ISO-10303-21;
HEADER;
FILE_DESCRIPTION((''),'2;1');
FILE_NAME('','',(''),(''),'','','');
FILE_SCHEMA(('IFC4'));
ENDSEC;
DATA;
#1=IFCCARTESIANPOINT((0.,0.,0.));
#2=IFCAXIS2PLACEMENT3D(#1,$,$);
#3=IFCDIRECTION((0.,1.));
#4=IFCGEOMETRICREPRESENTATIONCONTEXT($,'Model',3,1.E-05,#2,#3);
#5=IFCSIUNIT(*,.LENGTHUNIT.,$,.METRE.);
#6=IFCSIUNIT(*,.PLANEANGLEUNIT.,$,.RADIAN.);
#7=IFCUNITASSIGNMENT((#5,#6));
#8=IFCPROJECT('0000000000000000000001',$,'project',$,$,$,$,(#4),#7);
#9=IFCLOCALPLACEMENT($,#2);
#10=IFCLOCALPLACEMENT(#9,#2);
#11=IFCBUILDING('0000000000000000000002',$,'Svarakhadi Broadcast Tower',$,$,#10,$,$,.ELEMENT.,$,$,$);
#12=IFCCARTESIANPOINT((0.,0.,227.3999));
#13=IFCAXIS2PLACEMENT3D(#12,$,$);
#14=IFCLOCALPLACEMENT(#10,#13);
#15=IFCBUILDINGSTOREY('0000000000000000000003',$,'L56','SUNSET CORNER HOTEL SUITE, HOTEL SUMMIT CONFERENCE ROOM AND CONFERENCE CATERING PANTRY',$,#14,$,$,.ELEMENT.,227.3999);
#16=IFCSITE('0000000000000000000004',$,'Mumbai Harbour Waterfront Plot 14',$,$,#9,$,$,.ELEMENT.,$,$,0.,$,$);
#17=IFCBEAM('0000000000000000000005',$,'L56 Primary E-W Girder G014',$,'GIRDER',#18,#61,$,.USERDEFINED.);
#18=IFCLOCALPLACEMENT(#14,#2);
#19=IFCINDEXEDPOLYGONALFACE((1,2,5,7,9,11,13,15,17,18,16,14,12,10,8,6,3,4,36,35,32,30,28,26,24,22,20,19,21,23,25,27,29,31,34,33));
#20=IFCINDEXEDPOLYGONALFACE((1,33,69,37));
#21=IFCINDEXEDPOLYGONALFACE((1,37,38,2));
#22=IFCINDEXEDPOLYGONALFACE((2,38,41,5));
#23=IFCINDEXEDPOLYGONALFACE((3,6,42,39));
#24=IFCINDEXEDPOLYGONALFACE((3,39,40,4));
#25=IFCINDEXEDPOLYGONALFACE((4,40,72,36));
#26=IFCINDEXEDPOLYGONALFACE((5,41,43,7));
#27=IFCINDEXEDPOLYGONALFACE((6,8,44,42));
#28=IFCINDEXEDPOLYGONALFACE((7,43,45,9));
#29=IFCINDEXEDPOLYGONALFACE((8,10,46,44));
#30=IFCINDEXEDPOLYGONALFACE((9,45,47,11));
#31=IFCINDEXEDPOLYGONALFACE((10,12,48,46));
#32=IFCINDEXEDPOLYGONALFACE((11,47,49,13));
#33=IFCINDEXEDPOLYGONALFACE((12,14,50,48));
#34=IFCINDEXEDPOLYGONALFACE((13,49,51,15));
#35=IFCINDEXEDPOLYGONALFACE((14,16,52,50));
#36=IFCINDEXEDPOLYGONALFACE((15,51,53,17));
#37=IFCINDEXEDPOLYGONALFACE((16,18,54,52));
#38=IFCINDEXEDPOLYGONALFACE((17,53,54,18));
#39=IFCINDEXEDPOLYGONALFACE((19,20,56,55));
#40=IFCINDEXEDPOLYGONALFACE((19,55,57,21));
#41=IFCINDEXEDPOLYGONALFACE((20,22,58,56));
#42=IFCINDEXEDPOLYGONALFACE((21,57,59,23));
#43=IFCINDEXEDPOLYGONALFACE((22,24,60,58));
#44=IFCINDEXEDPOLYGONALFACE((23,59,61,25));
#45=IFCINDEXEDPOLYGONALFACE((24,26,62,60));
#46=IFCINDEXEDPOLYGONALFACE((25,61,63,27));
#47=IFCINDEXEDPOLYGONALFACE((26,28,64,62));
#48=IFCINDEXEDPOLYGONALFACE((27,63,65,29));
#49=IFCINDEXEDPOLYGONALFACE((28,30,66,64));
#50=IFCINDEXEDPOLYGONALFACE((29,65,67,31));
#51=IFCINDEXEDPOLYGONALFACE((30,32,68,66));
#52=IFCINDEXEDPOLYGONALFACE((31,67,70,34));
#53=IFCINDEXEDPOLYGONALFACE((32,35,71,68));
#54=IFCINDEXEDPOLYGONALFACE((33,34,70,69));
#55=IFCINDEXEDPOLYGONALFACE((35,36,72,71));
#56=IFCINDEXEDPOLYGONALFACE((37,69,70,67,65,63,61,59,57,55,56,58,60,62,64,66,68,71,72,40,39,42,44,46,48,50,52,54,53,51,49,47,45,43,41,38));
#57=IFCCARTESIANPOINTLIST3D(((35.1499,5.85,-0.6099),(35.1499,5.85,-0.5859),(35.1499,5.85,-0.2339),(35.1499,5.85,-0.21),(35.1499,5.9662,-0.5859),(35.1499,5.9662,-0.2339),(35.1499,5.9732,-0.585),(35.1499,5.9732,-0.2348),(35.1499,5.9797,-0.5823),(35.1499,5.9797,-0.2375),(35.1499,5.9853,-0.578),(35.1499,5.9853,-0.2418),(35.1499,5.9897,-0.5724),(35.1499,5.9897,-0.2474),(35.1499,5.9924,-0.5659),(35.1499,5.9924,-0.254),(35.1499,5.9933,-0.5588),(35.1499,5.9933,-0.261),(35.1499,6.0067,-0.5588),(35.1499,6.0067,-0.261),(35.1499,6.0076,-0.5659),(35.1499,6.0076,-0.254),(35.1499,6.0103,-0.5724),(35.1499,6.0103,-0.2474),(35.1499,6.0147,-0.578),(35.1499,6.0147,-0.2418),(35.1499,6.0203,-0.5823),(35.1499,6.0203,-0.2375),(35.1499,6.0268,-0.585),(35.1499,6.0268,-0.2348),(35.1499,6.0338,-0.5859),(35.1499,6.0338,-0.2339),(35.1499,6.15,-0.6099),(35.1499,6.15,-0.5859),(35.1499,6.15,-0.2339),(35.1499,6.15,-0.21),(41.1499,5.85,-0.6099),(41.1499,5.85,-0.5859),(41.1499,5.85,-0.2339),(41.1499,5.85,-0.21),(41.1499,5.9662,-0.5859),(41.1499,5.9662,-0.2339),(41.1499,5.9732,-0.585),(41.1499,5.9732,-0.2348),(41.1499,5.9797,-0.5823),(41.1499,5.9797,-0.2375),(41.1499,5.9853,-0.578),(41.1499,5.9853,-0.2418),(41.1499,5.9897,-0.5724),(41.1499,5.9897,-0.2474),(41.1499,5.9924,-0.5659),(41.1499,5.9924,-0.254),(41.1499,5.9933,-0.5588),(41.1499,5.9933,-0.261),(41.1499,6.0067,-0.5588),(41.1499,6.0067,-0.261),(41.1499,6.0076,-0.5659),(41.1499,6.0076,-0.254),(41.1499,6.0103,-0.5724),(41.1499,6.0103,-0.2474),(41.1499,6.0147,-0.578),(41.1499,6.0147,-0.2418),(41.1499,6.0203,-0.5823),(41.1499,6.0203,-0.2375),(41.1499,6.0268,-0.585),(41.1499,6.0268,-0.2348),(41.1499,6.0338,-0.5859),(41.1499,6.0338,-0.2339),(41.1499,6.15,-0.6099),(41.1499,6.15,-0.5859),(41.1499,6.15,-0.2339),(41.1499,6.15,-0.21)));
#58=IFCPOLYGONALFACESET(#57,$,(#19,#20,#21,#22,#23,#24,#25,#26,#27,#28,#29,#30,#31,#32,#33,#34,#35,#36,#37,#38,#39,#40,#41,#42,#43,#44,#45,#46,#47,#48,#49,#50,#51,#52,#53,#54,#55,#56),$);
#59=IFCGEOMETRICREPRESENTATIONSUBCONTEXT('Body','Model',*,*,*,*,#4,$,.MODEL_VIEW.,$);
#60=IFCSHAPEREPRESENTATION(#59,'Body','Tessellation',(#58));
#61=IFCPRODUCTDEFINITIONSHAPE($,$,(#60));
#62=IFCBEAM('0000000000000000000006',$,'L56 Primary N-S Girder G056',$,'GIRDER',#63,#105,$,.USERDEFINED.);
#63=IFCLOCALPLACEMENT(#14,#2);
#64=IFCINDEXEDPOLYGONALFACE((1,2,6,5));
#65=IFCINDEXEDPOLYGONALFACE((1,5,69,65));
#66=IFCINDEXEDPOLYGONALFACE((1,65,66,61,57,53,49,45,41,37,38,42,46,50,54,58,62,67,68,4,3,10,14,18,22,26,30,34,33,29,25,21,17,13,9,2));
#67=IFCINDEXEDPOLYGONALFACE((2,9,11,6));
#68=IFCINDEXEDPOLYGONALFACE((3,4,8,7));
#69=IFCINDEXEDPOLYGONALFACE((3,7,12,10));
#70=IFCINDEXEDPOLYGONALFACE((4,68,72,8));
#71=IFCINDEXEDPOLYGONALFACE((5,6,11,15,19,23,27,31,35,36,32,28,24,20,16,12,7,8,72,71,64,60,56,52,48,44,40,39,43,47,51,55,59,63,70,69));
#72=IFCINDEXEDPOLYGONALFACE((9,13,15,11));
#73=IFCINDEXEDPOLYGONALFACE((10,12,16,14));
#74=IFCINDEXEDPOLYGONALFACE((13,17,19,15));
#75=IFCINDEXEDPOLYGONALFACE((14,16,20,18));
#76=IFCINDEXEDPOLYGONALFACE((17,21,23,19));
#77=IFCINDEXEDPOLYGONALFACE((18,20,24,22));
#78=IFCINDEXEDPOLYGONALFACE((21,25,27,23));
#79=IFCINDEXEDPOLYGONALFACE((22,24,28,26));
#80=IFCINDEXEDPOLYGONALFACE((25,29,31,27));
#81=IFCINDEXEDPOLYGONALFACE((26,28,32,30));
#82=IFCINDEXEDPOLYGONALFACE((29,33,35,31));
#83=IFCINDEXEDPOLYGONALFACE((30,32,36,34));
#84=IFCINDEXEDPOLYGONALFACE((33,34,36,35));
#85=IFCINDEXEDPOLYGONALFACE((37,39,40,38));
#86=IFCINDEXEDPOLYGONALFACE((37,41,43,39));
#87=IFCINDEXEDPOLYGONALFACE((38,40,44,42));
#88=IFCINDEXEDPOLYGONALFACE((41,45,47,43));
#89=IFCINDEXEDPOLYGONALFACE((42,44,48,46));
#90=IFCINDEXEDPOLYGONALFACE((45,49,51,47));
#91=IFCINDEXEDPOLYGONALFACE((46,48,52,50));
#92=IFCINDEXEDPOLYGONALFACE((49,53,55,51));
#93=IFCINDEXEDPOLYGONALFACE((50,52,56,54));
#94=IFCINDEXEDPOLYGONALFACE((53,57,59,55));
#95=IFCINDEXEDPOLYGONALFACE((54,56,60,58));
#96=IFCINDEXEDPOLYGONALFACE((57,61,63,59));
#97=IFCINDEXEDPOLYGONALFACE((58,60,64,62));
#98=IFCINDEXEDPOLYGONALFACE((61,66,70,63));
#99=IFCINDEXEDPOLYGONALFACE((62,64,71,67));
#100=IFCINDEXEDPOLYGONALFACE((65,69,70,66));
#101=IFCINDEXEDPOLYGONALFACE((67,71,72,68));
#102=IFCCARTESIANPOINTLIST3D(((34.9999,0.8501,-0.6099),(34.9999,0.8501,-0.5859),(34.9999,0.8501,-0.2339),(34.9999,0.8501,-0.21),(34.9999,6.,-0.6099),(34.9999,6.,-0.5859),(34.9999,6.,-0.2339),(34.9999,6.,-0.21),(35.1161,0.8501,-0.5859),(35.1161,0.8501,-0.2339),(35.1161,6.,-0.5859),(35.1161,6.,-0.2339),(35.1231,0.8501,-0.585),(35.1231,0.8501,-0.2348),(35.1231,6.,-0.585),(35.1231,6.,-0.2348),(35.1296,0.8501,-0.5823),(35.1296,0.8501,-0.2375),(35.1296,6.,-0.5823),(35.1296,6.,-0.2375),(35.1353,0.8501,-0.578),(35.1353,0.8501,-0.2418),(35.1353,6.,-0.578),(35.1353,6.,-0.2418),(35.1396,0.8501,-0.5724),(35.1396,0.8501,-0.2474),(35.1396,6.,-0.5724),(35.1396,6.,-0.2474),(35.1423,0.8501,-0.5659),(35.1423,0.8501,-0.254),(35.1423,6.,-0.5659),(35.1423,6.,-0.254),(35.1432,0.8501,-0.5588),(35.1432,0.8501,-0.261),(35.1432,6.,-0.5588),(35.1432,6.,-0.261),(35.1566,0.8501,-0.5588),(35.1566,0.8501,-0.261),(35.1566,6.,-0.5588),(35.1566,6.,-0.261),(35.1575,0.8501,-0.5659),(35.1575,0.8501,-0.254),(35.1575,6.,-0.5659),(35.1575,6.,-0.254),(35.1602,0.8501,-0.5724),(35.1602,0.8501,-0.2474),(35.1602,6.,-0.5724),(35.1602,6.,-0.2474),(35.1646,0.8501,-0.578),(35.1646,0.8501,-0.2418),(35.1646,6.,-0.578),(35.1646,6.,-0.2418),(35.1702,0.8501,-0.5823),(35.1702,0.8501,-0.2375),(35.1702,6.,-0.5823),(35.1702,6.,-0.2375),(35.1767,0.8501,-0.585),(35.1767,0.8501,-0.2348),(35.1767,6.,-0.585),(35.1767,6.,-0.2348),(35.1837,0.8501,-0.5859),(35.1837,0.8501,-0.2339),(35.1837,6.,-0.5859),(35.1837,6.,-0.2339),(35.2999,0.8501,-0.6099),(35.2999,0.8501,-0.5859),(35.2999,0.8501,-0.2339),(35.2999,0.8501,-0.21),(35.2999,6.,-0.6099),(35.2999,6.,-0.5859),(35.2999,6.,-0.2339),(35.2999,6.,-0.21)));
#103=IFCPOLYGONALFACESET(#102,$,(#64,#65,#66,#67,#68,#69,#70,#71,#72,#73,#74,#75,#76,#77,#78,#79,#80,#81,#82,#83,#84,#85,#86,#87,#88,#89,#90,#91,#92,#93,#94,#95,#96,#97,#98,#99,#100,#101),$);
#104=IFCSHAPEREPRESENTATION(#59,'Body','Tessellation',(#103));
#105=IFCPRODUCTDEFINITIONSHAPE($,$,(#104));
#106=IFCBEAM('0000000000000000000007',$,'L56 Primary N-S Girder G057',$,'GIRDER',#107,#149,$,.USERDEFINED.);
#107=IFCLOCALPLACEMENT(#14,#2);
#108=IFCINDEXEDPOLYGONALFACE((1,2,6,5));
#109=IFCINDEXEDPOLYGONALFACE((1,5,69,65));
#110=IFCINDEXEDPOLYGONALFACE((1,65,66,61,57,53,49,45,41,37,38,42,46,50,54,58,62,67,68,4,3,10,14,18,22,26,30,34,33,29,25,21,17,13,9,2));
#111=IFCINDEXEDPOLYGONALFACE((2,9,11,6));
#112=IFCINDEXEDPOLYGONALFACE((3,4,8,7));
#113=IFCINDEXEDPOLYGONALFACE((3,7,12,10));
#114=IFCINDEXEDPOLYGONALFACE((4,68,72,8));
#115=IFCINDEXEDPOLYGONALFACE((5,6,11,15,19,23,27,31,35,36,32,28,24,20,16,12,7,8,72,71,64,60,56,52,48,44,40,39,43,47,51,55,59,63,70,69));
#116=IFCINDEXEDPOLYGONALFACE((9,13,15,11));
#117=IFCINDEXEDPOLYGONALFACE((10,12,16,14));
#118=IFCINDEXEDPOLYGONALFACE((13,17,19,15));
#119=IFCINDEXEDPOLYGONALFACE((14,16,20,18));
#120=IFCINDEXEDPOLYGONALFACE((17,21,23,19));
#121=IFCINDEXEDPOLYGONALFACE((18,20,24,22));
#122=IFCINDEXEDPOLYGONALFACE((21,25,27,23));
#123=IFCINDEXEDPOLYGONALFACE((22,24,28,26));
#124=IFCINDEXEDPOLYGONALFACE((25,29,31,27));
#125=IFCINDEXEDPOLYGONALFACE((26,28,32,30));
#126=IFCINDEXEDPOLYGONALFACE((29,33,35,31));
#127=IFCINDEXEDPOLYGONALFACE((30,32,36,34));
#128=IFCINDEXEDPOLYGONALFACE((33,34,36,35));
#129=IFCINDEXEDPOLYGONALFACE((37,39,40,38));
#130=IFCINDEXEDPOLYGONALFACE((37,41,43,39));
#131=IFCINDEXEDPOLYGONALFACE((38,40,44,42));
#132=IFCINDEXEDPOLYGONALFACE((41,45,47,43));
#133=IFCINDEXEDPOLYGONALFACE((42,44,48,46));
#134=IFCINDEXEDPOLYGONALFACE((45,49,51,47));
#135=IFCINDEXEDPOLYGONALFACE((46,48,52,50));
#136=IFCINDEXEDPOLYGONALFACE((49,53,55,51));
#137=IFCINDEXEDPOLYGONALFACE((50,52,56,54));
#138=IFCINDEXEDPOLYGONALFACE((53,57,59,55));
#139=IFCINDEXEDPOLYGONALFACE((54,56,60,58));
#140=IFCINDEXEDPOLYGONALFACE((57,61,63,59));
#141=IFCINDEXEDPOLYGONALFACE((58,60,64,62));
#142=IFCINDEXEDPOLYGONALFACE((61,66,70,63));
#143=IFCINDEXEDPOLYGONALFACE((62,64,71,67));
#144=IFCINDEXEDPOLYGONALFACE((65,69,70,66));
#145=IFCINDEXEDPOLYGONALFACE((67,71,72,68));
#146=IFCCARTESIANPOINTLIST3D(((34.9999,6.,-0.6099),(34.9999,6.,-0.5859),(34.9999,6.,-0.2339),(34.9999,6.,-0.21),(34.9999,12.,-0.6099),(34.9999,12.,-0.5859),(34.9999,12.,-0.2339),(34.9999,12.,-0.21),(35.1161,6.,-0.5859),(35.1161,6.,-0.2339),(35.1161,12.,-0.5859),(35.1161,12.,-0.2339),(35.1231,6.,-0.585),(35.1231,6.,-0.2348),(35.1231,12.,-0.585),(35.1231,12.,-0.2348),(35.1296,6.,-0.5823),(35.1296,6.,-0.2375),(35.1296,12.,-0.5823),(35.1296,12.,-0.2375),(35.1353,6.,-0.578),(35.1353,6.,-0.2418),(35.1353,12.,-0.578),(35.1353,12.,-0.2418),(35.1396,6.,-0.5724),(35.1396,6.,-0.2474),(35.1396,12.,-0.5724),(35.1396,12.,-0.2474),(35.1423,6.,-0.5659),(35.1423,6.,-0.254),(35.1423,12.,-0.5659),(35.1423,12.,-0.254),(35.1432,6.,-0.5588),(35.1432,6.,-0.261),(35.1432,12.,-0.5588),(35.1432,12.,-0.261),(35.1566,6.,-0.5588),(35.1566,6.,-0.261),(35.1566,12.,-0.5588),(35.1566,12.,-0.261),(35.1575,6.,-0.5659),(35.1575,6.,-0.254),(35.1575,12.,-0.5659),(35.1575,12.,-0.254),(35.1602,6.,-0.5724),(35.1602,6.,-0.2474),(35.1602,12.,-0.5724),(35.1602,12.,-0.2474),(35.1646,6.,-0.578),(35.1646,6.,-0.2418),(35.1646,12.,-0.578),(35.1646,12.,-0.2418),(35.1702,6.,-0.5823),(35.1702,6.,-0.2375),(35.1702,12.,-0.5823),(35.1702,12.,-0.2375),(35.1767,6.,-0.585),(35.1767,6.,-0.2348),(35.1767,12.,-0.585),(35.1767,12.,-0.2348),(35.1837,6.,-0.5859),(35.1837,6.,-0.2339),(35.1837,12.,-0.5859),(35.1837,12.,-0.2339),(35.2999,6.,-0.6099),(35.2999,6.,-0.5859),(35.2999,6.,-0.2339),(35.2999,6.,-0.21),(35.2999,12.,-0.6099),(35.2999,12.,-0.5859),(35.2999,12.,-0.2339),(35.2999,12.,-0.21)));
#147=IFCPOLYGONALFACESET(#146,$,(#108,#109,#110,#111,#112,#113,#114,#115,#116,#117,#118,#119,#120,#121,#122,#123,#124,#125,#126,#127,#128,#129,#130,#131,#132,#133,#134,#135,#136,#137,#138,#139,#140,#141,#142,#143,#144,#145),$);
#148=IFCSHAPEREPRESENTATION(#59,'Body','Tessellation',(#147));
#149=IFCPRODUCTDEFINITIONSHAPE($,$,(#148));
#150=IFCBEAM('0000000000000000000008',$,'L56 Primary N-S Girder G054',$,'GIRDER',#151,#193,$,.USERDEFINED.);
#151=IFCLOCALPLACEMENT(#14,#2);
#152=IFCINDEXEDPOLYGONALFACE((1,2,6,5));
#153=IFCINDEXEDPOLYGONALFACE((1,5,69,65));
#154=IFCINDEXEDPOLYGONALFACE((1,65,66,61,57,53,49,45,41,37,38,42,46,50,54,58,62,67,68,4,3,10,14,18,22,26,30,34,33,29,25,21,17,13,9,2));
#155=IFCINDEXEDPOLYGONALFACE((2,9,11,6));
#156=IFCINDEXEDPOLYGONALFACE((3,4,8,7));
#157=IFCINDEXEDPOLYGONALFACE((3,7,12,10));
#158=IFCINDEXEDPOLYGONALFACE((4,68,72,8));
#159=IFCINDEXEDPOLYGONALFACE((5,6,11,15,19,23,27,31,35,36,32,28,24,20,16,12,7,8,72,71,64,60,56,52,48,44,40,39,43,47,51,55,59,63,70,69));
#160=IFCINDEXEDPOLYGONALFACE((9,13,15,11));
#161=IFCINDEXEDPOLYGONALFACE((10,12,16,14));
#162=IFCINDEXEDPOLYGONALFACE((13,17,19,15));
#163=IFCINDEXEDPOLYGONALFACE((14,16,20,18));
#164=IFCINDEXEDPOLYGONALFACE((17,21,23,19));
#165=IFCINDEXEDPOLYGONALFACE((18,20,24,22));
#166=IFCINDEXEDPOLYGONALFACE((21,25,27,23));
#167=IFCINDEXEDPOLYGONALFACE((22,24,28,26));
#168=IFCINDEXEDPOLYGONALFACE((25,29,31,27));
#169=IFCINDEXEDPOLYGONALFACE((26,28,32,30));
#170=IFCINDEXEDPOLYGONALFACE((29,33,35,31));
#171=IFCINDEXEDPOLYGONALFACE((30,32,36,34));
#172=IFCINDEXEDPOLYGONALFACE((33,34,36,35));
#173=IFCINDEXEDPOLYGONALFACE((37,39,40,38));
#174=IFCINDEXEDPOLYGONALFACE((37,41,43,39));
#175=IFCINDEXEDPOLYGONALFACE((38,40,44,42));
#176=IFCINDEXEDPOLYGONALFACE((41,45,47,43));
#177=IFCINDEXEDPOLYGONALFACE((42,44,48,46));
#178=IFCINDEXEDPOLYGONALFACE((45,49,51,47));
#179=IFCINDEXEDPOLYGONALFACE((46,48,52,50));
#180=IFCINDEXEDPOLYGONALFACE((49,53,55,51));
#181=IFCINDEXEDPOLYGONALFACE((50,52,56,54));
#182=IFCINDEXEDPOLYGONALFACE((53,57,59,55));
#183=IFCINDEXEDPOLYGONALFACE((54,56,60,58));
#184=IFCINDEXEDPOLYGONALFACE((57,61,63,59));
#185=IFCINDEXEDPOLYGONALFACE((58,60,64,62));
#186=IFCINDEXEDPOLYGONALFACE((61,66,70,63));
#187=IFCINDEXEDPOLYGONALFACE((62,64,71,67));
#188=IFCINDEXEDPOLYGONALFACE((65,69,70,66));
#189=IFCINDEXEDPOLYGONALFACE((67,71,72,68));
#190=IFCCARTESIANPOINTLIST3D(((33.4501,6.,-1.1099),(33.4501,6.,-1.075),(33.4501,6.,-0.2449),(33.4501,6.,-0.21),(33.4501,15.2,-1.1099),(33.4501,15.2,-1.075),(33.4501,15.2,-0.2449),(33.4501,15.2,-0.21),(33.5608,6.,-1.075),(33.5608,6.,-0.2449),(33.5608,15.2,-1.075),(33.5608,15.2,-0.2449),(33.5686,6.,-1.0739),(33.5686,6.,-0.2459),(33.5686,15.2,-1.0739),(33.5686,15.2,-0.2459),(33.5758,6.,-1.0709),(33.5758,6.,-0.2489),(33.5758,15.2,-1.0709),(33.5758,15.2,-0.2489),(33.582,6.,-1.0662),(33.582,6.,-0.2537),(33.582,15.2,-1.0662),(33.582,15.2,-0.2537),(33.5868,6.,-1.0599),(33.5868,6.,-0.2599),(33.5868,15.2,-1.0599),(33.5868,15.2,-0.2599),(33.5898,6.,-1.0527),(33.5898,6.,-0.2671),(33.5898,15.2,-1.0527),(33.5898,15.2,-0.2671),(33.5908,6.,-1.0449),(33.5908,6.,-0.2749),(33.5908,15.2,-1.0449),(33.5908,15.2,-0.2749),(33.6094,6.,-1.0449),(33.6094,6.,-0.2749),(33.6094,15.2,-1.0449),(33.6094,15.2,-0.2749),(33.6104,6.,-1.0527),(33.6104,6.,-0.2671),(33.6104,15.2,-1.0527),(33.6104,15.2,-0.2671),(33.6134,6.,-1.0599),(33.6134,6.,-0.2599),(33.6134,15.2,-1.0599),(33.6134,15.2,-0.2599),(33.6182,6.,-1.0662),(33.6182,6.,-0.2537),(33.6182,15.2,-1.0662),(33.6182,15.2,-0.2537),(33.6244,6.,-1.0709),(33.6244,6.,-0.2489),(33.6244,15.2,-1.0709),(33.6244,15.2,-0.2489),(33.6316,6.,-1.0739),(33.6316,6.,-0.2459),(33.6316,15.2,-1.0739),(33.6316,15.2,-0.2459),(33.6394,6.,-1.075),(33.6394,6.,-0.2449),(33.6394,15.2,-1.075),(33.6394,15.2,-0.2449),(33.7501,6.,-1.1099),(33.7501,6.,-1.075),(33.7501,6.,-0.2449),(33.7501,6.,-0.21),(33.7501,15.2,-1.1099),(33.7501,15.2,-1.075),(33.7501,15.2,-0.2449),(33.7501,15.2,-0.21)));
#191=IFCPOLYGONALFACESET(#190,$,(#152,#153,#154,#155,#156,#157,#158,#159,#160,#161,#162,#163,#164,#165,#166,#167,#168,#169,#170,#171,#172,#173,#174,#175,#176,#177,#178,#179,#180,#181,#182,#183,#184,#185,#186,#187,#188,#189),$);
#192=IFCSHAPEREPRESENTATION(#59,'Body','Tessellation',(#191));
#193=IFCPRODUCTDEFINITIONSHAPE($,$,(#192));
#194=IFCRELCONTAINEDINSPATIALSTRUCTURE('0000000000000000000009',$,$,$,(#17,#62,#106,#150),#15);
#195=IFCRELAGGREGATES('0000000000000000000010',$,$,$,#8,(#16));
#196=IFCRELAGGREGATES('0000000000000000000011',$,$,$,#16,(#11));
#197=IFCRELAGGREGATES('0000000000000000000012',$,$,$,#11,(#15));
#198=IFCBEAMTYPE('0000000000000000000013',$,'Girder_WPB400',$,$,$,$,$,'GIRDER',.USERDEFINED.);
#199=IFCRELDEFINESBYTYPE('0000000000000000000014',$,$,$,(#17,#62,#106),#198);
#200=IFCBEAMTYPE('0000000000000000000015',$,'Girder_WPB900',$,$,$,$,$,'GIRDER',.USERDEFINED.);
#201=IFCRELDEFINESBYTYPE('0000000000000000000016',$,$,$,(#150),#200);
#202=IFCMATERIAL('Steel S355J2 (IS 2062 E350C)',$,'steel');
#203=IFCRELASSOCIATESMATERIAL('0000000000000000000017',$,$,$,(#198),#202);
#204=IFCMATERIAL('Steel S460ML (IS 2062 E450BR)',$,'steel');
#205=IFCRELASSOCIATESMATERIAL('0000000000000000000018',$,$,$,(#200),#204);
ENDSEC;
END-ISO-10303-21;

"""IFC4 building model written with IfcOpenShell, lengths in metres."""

from ifc_helpers import new_model, si_unit, direction, frame, origin, origin_2d, place, context, subcontext, project, spatial, i_section, extrude, material, material_profile, profile_set, type_object, element, save


model = new_model("IFC4")

# Units and contexts
model_context = context("Model", 3, precision=1e-05, world=origin(), true_north=direction((0.0, 1.0)))
body_context = subcontext(model_context, "Body", "Model", "MODEL_VIEW")
ifc_project = project(units=[si_unit("LENGTHUNIT", "METRE"), si_unit("PLANEANGLEUNIT", "RADIAN")], contexts=[model_context])

# Site, building, storey
site_placement = place(None, origin())
site = spatial("IfcSite", under=ifc_project, at=site_placement, Name="Mumbai Harbour Waterfront Plot 14", CompositionType="ELEMENT", RefElevation=0.0)
building_placement = place(site_placement, origin())
building = spatial("IfcBuilding", under=site, at=building_placement, Name="Svarakhadi Broadcast Tower", CompositionType="ELEMENT")
storey_placement = place(building_placement, frame((0.0, 0.0, 227.3999)))
storey = spatial("IfcBuildingStorey", under=building, at=storey_placement, Name="L56", Description="SUNSET CORNER HOTEL SUITE, HOTEL SUMMIT CONFERENCE ROOM AND CONFERENCE CATERING PANTRY", CompositionType="ELEMENT", Elevation=227.3999)

# Shared definitions
ifc_material_1 = material(Name="Steel S460ML (IS 2062 E450BR)", Category="steel")

# Beams
ifc_material_2 = material(Name="Steel S355J2 (IS 2062 E350C)", Category="steel")
ifc_material_profile_1 = material_profile(ifc_material_2, i_section(OverallWidth=0.3, OverallDepth=0.3999, WebThickness=0.0134, FlangeThickness=0.0239, FilletRadius=0.0271, at=origin_2d()), Name="WPB 400x300x155")
ifc_profile_set_1 = profile_set([ifc_material_profile_1], Name="Steel S355J2 (IS 2062 E350C)")
beam_type_1 = type_object("IfcBeamType", Name="Girder_WPB400", ElementType="GIRDER", PredefinedType="USERDEFINED", material=ifc_profile_set_1)
beam_1_placement = place(storey_placement, frame((35.1499, 6.0, -0.4099), z_axis=(1.0, 0.0, 0.0), x_axis=(0.0, 1.0, 0.0)))
element("IfcBeam", 1, at=beam_1_placement, inside=storey, type_object=beam_type_1, Name="L56 Primary E-W Girder G014", ObjectType="GIRDER", PredefinedType="USERDEFINED", context=body_context, shape_type="SweptSolid", body=[
    extrude(i_section(OverallWidth=0.3, OverallDepth=0.3999, WebThickness=0.0134, FlangeThickness=0.0239, FilletRadius=0.0271, at=origin_2d()), origin(), (0.0, 0.0, 1.0), 6.0),
])
beam_2_placement = place(storey_placement, frame((35.1499, 0.8501, -0.4099), z_axis=(0.0, 1.0, 0.0), x_axis=(-1.0, 0.0, 0.0)))
element("IfcBeam", 2, at=beam_2_placement, inside=storey, type_object=beam_type_1, Name="L56 Primary N-S Girder G056", ObjectType="GIRDER", PredefinedType="USERDEFINED", context=body_context, shape_type="SweptSolid", body=[
    extrude(i_section(OverallWidth=0.3, OverallDepth=0.3999, WebThickness=0.0134, FlangeThickness=0.0239, FilletRadius=0.0271, at=origin_2d()), origin(), (0.0, 0.0, 1.0), 5.1499),
])
beam_3_placement = place(storey_placement, frame((35.1499, 6.0, -0.4099), z_axis=(0.0, 1.0, 0.0), x_axis=(-1.0, 0.0, 0.0)))
element("IfcBeam", 3, at=beam_3_placement, inside=storey, type_object=beam_type_1, Name="L56 Primary N-S Girder G057", ObjectType="GIRDER", PredefinedType="USERDEFINED", context=body_context, shape_type="SweptSolid", body=[
    extrude(i_section(OverallWidth=0.3, OverallDepth=0.3999, WebThickness=0.0134, FlangeThickness=0.0239, FilletRadius=0.0271, at=origin_2d()), origin(), (0.0, 0.0, 1.0), 6.0),
])
ifc_material_profile_2 = material_profile(ifc_material_1, i_section(OverallWidth=0.3, OverallDepth=0.8999, WebThickness=0.0186, FlangeThickness=0.0349, FilletRadius=0.03, at=origin_2d()), Name="WPB 900x300x291")
ifc_profile_set_2 = profile_set([ifc_material_profile_2], Name="Steel S460ML (IS 2062 E450BR)")
beam_type_2 = type_object("IfcBeamType", Name="Girder_WPB900", ElementType="GIRDER", PredefinedType="USERDEFINED", material=ifc_profile_set_2)
beam_4_placement = place(storey_placement, frame((33.6001, 6.0, -0.6599), z_axis=(0.0, 1.0, 0.0), x_axis=(-1.0, 0.0, 0.0)))
element("IfcBeam", 4, at=beam_4_placement, inside=storey, type_object=beam_type_2, Name="L56 Primary N-S Girder G054", ObjectType="GIRDER", PredefinedType="USERDEFINED", context=body_context, shape_type="SweptSolid", body=[
    extrude(i_section(OverallWidth=0.3, OverallDepth=0.8999, WebThickness=0.0186, FlangeThickness=0.0349, FilletRadius=0.03, at=origin_2d()), origin(), (0.0, 0.0, 1.0), 9.2),
])

save(model, "model.ifc")
